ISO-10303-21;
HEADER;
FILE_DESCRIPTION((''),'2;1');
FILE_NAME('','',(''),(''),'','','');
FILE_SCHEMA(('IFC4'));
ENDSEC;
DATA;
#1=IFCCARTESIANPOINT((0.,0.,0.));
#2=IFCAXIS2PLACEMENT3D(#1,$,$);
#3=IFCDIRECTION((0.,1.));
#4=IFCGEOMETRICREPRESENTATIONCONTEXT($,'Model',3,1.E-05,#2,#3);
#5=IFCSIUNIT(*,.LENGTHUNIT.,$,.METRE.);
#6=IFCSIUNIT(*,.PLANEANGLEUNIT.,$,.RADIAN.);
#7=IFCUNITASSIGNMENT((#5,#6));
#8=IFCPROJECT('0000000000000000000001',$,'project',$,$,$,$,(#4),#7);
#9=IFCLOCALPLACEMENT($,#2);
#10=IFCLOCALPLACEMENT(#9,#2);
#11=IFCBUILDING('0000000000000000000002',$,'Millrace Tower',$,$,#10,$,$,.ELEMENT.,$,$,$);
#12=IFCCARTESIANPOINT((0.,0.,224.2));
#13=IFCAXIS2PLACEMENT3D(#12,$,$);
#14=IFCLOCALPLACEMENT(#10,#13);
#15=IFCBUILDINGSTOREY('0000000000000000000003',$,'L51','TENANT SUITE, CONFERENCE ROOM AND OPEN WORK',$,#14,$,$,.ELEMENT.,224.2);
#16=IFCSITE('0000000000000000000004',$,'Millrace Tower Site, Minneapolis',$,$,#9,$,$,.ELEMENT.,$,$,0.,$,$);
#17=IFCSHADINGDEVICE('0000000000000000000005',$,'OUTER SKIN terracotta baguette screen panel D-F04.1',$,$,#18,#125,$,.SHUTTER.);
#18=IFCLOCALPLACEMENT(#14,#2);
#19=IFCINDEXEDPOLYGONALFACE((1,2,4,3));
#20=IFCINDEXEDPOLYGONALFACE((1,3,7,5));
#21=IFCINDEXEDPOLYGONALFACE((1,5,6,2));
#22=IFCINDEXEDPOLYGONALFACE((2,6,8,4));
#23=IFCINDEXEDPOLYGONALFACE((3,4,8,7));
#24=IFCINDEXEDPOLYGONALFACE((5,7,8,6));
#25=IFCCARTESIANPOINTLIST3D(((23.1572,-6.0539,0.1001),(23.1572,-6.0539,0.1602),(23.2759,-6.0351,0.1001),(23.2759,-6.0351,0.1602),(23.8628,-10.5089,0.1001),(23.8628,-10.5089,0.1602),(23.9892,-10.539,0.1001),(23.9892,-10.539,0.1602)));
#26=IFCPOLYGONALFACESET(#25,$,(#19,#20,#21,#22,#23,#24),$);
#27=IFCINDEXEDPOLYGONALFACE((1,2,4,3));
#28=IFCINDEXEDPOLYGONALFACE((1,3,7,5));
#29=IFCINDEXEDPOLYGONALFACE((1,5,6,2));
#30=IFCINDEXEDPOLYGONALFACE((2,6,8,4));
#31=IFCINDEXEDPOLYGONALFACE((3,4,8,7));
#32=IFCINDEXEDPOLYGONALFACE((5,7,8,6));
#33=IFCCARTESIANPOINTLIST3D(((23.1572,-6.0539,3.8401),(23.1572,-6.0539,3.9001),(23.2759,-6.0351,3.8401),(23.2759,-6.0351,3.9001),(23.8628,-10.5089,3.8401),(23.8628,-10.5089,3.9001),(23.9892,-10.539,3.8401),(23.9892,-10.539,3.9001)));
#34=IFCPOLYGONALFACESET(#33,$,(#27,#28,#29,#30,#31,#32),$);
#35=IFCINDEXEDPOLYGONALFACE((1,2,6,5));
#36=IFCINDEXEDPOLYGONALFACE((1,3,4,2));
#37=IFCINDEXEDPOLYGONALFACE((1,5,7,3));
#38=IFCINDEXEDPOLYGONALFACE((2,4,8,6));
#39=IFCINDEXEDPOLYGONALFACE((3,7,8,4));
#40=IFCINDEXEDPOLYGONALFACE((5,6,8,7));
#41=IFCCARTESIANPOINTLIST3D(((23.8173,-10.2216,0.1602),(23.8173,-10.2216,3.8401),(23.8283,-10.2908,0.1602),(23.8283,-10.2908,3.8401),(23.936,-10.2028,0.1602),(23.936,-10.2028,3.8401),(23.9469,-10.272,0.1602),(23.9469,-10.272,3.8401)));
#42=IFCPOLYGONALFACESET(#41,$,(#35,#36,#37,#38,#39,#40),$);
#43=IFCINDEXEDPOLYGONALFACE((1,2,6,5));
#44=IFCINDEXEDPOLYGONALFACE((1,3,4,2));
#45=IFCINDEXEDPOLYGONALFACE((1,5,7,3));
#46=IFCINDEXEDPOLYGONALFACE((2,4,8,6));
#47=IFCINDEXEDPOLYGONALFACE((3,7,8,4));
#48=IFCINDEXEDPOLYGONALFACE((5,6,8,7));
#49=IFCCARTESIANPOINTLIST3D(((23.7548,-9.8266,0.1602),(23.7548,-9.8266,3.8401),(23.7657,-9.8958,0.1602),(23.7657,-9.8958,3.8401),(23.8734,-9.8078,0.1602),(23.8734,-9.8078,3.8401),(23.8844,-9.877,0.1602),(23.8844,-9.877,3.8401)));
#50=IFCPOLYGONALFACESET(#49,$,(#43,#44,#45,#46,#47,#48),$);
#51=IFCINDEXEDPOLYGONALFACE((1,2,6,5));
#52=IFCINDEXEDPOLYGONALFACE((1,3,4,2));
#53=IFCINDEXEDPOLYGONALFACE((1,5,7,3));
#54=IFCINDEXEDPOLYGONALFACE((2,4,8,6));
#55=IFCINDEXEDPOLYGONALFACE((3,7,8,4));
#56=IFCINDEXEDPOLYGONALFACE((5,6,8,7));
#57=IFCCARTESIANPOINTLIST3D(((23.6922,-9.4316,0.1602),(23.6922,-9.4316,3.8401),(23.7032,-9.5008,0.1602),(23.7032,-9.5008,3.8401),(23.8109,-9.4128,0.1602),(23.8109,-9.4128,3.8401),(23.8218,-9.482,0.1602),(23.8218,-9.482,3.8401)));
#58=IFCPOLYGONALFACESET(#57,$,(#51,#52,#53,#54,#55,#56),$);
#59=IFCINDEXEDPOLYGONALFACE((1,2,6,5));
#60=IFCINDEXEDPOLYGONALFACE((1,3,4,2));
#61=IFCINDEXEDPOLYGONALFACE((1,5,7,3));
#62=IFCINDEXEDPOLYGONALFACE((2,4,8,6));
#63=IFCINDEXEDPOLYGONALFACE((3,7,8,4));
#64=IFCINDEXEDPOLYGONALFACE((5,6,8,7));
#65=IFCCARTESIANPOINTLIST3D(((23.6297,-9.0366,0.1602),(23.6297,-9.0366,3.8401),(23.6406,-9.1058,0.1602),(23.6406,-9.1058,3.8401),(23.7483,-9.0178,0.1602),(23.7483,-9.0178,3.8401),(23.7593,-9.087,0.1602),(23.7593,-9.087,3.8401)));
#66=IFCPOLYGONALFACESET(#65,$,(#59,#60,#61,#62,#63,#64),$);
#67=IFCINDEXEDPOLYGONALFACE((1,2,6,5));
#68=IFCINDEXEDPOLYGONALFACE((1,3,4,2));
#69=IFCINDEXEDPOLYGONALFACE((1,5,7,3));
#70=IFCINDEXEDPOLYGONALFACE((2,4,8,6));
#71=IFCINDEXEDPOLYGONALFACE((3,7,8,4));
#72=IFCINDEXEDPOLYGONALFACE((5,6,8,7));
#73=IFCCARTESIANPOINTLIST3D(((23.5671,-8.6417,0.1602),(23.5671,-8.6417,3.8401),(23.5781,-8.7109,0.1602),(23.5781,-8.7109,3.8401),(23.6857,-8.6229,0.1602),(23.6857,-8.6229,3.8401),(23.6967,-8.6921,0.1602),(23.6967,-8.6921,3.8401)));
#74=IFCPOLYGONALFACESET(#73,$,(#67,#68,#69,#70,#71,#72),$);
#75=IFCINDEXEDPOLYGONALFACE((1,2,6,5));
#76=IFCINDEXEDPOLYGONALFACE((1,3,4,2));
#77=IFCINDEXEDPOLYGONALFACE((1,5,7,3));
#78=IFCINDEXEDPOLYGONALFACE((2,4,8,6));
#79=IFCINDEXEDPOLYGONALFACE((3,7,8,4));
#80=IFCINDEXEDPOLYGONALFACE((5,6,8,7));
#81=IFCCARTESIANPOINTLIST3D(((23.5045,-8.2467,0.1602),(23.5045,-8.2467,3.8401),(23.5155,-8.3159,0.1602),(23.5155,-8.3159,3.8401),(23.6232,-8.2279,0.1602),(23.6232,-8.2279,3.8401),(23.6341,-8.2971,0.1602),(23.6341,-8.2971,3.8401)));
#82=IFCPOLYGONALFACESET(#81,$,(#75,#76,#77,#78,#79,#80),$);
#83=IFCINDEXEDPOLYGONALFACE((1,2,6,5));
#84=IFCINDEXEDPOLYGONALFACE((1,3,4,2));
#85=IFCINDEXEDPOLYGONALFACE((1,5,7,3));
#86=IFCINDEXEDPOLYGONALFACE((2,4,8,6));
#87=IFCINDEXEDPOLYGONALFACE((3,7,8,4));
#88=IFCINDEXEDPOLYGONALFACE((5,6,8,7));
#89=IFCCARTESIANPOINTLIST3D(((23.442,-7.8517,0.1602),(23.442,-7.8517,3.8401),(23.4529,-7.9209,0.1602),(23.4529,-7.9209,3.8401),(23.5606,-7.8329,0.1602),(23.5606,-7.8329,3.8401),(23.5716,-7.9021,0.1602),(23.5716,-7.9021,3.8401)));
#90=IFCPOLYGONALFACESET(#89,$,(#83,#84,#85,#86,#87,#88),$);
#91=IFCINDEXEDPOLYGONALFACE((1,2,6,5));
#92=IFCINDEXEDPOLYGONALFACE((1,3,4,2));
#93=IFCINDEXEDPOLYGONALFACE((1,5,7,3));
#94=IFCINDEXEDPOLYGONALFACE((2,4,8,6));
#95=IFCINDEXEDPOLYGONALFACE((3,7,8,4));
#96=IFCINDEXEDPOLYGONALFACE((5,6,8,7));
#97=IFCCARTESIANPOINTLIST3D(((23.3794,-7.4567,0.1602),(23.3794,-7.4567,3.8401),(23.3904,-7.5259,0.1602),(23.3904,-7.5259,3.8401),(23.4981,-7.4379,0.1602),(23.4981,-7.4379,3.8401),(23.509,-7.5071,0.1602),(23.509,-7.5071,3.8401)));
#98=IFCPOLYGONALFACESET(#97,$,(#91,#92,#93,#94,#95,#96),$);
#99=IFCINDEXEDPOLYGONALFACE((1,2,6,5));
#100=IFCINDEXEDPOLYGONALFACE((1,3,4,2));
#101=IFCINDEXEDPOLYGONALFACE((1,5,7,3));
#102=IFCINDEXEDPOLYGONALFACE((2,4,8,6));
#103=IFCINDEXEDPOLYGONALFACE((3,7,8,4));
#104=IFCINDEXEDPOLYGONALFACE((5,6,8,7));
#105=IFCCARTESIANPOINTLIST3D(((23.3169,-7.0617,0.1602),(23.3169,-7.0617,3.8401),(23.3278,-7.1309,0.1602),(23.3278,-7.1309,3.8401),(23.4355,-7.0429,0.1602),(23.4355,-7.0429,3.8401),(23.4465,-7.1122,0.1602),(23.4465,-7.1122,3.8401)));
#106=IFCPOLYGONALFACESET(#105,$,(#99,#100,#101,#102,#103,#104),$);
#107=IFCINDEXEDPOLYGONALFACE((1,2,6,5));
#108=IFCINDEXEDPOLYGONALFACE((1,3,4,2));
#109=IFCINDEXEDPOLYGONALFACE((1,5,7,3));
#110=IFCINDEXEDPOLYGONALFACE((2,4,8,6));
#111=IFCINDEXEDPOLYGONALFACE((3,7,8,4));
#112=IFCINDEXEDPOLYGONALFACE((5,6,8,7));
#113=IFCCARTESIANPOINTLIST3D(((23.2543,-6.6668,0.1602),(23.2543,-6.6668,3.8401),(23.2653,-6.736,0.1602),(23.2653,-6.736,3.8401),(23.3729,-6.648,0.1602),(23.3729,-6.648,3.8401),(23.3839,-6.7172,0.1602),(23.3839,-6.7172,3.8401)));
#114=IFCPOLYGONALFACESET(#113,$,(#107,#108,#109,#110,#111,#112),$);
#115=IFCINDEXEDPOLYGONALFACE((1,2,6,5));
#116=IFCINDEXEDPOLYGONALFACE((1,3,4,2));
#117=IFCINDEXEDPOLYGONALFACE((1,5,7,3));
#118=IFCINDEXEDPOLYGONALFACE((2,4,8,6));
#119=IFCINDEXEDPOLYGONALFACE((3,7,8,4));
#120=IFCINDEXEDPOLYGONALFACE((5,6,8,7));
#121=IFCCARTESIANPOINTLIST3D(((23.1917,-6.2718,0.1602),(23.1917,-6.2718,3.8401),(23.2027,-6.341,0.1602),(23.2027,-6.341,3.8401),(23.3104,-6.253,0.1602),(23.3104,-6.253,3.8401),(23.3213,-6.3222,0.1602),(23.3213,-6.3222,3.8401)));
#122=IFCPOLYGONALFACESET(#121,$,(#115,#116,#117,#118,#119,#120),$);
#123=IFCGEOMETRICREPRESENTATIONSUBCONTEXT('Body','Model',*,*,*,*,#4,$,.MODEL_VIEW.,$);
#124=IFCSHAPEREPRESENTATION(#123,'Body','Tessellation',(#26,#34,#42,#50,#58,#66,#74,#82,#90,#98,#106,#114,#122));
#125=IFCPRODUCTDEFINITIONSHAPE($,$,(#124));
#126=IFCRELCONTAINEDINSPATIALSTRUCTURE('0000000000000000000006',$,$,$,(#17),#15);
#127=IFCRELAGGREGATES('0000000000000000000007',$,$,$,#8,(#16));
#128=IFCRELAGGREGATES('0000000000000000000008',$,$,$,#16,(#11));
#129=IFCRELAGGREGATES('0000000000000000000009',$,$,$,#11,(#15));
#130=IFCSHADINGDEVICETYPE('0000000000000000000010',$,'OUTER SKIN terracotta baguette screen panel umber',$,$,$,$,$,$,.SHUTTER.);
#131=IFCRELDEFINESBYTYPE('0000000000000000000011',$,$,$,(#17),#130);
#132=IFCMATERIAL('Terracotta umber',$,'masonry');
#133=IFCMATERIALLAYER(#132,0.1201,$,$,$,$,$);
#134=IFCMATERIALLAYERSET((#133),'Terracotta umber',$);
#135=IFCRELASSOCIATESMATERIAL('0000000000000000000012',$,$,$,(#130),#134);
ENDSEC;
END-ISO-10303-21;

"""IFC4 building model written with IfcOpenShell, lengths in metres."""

from ifc_helpers import new_model, entity, si_unit, direction, frame, frame_2d, origin, place, context, subcontext, project, spatial, rectangle, extrude, source, transform, mapped, material, layer, layer_set, type_object, element, save


model = new_model("IFC4")

# Units and contexts
model_context = context("Model", 3, precision=1e-05, world=origin(), true_north=direction((0.0, 1.0)))
body_context = subcontext(model_context, "Body", "Model", "MODEL_VIEW")
ifc_project = project(units=[si_unit("LENGTHUNIT", "METRE"), si_unit("PLANEANGLEUNIT", "RADIAN")], contexts=[model_context])

# Site, building, storey
site_placement = place(None, origin())
site = spatial("IfcSite", under=ifc_project, at=site_placement, Name="Millrace Tower Site, Minneapolis", CompositionType="ELEMENT", RefElevation=0.0)
building_placement = place(site_placement, origin())
building = spatial("IfcBuilding", under=site, at=building_placement, Name="Millrace Tower", CompositionType="ELEMENT")
storey_placement = place(building_placement, frame((0.0, 0.0, 224.2)))
storey = spatial("IfcBuildingStorey", under=building, at=storey_placement, Name="L51", Description="TENANT SUITE, CONFERENCE ROOM AND OPEN WORK", CompositionType="ELEMENT", Elevation=224.2)

# Shading device
ifc_material_1 = material(Name="Terracotta umber", Category="masonry")
ifc_layer_1 = layer(ifc_material_1, 0.1201)
ifc_layer_set_1 = layer_set([ifc_layer_1], Name="Terracotta umber")
shading_device_type = type_object("IfcShadingDeviceType", Name="OUTER SKIN terracotta baguette screen panel umber", PredefinedType="SHUTTER", material=ifc_layer_set_1)
cartesian_point_1 = entity("IfcCartesianPoint", [-2.2429, 0.0601])
shared_polyline_1 = entity("IfcPolyline", [cartesian_point_1, entity("IfcCartesianPoint", [2.2676, 0.0601]), entity("IfcCartesianPoint", [2.2676, -0.0601]), entity("IfcCartesianPoint", [-2.2925, -0.0601]), cartesian_point_1])
shared_shape_1 = source(origin(), body_context, "Body", "SweptSolid", [
    entity("IfcExtrudedAreaSolid", entity("IfcArbitraryClosedProfileDef", "AREA", None, shared_polyline_1), entity("IfcAxis2Placement3D", entity("IfcCartesianPoint", [0.0, 0.0, 0.0])), entity("IfcDirection", [0.0, 0.0, 1.0]), 0.0601),
    entity("IfcExtrudedAreaSolid", entity("IfcArbitraryClosedProfileDef", "AREA", None, shared_polyline_1), entity("IfcAxis2Placement3D", entity("IfcCartesianPoint", [0.0, 0.0, 3.74])), entity("IfcDirection", [0.0, 0.0, 1.0]), 0.0601),
    extrude(rectangle(XDim=0.0701, YDim=0.1201, at=frame_2d((-1.9871, 0.0))), frame((0.0, 0.0, 0.0601)), (0.0, 0.0, 1.0), 3.6799),
    extrude(rectangle(XDim=0.0701, YDim=0.1201, at=frame_2d((-1.5872, 0.0))), frame((0.0, 0.0, 0.0601)), (0.0, 0.0, 1.0), 3.6799),
    extrude(rectangle(XDim=0.0701, YDim=0.1201, at=frame_2d((-1.1873, 0.0))), frame((0.0, 0.0, 0.0601)), (0.0, 0.0, 1.0), 3.6799),
    extrude(rectangle(XDim=0.0701, YDim=0.1201, at=frame_2d((-0.7874, 0.0))), frame((0.0, 0.0, 0.0601)), (0.0, 0.0, 1.0), 3.6799),
    extrude(rectangle(XDim=0.0701, YDim=0.1201, at=frame_2d((-0.3875, 0.0))), frame((0.0, 0.0, 0.0601)), (0.0, 0.0, 1.0), 3.6799),
    extrude(rectangle(XDim=0.0701, YDim=0.1201, at=frame_2d((0.0125, 0.0))), frame((0.0, 0.0, 0.0601)), (0.0, 0.0, 1.0), 3.6799),
    extrude(rectangle(XDim=0.0701, YDim=0.1201, at=frame_2d((0.4124, 0.0))), frame((0.0, 0.0, 0.0601)), (0.0, 0.0, 1.0), 3.6799),
    extrude(rectangle(XDim=0.0701, YDim=0.1201, at=frame_2d((0.8123, 0.0))), frame((0.0, 0.0, 0.0601)), (0.0, 0.0, 1.0), 3.6799),
    extrude(rectangle(XDim=0.0701, YDim=0.1201, at=frame_2d((1.2122, 0.0))), frame((0.0, 0.0, 0.0601)), (0.0, 0.0, 1.0), 3.6799),
    extrude(rectangle(XDim=0.0701, YDim=0.1201, at=frame_2d((1.6121, 0.0))), frame((0.0, 0.0, 0.0601)), (0.0, 0.0, 1.0), 3.6799),
    extrude(rectangle(XDim=0.0701, YDim=0.1201, at=frame_2d((2.012, 0.0))), frame((0.0, 0.0, 0.0601)), (0.0, 0.0, 1.0), 3.6799),
])
shading_device_1_placement = place(storey_placement, frame((23.5713, -8.2842, 0.1001), z_axis=(0.0, 0.0, 1.0), x_axis=(-0.156434, 0.987688, 0.0)))
element("IfcShadingDevice", 1, at=shading_device_1_placement, inside=storey, type_object=shading_device_type, Name="OUTER SKIN terracotta baguette screen panel D-F04.1", PredefinedType="SHUTTER", context=body_context, shape_type="MappedRepresentation", body=[
    mapped(shared_shape_1, transform((0.0, 0.0, 0.0), scale=1.0)),
])

save(model, "model.ifc")
